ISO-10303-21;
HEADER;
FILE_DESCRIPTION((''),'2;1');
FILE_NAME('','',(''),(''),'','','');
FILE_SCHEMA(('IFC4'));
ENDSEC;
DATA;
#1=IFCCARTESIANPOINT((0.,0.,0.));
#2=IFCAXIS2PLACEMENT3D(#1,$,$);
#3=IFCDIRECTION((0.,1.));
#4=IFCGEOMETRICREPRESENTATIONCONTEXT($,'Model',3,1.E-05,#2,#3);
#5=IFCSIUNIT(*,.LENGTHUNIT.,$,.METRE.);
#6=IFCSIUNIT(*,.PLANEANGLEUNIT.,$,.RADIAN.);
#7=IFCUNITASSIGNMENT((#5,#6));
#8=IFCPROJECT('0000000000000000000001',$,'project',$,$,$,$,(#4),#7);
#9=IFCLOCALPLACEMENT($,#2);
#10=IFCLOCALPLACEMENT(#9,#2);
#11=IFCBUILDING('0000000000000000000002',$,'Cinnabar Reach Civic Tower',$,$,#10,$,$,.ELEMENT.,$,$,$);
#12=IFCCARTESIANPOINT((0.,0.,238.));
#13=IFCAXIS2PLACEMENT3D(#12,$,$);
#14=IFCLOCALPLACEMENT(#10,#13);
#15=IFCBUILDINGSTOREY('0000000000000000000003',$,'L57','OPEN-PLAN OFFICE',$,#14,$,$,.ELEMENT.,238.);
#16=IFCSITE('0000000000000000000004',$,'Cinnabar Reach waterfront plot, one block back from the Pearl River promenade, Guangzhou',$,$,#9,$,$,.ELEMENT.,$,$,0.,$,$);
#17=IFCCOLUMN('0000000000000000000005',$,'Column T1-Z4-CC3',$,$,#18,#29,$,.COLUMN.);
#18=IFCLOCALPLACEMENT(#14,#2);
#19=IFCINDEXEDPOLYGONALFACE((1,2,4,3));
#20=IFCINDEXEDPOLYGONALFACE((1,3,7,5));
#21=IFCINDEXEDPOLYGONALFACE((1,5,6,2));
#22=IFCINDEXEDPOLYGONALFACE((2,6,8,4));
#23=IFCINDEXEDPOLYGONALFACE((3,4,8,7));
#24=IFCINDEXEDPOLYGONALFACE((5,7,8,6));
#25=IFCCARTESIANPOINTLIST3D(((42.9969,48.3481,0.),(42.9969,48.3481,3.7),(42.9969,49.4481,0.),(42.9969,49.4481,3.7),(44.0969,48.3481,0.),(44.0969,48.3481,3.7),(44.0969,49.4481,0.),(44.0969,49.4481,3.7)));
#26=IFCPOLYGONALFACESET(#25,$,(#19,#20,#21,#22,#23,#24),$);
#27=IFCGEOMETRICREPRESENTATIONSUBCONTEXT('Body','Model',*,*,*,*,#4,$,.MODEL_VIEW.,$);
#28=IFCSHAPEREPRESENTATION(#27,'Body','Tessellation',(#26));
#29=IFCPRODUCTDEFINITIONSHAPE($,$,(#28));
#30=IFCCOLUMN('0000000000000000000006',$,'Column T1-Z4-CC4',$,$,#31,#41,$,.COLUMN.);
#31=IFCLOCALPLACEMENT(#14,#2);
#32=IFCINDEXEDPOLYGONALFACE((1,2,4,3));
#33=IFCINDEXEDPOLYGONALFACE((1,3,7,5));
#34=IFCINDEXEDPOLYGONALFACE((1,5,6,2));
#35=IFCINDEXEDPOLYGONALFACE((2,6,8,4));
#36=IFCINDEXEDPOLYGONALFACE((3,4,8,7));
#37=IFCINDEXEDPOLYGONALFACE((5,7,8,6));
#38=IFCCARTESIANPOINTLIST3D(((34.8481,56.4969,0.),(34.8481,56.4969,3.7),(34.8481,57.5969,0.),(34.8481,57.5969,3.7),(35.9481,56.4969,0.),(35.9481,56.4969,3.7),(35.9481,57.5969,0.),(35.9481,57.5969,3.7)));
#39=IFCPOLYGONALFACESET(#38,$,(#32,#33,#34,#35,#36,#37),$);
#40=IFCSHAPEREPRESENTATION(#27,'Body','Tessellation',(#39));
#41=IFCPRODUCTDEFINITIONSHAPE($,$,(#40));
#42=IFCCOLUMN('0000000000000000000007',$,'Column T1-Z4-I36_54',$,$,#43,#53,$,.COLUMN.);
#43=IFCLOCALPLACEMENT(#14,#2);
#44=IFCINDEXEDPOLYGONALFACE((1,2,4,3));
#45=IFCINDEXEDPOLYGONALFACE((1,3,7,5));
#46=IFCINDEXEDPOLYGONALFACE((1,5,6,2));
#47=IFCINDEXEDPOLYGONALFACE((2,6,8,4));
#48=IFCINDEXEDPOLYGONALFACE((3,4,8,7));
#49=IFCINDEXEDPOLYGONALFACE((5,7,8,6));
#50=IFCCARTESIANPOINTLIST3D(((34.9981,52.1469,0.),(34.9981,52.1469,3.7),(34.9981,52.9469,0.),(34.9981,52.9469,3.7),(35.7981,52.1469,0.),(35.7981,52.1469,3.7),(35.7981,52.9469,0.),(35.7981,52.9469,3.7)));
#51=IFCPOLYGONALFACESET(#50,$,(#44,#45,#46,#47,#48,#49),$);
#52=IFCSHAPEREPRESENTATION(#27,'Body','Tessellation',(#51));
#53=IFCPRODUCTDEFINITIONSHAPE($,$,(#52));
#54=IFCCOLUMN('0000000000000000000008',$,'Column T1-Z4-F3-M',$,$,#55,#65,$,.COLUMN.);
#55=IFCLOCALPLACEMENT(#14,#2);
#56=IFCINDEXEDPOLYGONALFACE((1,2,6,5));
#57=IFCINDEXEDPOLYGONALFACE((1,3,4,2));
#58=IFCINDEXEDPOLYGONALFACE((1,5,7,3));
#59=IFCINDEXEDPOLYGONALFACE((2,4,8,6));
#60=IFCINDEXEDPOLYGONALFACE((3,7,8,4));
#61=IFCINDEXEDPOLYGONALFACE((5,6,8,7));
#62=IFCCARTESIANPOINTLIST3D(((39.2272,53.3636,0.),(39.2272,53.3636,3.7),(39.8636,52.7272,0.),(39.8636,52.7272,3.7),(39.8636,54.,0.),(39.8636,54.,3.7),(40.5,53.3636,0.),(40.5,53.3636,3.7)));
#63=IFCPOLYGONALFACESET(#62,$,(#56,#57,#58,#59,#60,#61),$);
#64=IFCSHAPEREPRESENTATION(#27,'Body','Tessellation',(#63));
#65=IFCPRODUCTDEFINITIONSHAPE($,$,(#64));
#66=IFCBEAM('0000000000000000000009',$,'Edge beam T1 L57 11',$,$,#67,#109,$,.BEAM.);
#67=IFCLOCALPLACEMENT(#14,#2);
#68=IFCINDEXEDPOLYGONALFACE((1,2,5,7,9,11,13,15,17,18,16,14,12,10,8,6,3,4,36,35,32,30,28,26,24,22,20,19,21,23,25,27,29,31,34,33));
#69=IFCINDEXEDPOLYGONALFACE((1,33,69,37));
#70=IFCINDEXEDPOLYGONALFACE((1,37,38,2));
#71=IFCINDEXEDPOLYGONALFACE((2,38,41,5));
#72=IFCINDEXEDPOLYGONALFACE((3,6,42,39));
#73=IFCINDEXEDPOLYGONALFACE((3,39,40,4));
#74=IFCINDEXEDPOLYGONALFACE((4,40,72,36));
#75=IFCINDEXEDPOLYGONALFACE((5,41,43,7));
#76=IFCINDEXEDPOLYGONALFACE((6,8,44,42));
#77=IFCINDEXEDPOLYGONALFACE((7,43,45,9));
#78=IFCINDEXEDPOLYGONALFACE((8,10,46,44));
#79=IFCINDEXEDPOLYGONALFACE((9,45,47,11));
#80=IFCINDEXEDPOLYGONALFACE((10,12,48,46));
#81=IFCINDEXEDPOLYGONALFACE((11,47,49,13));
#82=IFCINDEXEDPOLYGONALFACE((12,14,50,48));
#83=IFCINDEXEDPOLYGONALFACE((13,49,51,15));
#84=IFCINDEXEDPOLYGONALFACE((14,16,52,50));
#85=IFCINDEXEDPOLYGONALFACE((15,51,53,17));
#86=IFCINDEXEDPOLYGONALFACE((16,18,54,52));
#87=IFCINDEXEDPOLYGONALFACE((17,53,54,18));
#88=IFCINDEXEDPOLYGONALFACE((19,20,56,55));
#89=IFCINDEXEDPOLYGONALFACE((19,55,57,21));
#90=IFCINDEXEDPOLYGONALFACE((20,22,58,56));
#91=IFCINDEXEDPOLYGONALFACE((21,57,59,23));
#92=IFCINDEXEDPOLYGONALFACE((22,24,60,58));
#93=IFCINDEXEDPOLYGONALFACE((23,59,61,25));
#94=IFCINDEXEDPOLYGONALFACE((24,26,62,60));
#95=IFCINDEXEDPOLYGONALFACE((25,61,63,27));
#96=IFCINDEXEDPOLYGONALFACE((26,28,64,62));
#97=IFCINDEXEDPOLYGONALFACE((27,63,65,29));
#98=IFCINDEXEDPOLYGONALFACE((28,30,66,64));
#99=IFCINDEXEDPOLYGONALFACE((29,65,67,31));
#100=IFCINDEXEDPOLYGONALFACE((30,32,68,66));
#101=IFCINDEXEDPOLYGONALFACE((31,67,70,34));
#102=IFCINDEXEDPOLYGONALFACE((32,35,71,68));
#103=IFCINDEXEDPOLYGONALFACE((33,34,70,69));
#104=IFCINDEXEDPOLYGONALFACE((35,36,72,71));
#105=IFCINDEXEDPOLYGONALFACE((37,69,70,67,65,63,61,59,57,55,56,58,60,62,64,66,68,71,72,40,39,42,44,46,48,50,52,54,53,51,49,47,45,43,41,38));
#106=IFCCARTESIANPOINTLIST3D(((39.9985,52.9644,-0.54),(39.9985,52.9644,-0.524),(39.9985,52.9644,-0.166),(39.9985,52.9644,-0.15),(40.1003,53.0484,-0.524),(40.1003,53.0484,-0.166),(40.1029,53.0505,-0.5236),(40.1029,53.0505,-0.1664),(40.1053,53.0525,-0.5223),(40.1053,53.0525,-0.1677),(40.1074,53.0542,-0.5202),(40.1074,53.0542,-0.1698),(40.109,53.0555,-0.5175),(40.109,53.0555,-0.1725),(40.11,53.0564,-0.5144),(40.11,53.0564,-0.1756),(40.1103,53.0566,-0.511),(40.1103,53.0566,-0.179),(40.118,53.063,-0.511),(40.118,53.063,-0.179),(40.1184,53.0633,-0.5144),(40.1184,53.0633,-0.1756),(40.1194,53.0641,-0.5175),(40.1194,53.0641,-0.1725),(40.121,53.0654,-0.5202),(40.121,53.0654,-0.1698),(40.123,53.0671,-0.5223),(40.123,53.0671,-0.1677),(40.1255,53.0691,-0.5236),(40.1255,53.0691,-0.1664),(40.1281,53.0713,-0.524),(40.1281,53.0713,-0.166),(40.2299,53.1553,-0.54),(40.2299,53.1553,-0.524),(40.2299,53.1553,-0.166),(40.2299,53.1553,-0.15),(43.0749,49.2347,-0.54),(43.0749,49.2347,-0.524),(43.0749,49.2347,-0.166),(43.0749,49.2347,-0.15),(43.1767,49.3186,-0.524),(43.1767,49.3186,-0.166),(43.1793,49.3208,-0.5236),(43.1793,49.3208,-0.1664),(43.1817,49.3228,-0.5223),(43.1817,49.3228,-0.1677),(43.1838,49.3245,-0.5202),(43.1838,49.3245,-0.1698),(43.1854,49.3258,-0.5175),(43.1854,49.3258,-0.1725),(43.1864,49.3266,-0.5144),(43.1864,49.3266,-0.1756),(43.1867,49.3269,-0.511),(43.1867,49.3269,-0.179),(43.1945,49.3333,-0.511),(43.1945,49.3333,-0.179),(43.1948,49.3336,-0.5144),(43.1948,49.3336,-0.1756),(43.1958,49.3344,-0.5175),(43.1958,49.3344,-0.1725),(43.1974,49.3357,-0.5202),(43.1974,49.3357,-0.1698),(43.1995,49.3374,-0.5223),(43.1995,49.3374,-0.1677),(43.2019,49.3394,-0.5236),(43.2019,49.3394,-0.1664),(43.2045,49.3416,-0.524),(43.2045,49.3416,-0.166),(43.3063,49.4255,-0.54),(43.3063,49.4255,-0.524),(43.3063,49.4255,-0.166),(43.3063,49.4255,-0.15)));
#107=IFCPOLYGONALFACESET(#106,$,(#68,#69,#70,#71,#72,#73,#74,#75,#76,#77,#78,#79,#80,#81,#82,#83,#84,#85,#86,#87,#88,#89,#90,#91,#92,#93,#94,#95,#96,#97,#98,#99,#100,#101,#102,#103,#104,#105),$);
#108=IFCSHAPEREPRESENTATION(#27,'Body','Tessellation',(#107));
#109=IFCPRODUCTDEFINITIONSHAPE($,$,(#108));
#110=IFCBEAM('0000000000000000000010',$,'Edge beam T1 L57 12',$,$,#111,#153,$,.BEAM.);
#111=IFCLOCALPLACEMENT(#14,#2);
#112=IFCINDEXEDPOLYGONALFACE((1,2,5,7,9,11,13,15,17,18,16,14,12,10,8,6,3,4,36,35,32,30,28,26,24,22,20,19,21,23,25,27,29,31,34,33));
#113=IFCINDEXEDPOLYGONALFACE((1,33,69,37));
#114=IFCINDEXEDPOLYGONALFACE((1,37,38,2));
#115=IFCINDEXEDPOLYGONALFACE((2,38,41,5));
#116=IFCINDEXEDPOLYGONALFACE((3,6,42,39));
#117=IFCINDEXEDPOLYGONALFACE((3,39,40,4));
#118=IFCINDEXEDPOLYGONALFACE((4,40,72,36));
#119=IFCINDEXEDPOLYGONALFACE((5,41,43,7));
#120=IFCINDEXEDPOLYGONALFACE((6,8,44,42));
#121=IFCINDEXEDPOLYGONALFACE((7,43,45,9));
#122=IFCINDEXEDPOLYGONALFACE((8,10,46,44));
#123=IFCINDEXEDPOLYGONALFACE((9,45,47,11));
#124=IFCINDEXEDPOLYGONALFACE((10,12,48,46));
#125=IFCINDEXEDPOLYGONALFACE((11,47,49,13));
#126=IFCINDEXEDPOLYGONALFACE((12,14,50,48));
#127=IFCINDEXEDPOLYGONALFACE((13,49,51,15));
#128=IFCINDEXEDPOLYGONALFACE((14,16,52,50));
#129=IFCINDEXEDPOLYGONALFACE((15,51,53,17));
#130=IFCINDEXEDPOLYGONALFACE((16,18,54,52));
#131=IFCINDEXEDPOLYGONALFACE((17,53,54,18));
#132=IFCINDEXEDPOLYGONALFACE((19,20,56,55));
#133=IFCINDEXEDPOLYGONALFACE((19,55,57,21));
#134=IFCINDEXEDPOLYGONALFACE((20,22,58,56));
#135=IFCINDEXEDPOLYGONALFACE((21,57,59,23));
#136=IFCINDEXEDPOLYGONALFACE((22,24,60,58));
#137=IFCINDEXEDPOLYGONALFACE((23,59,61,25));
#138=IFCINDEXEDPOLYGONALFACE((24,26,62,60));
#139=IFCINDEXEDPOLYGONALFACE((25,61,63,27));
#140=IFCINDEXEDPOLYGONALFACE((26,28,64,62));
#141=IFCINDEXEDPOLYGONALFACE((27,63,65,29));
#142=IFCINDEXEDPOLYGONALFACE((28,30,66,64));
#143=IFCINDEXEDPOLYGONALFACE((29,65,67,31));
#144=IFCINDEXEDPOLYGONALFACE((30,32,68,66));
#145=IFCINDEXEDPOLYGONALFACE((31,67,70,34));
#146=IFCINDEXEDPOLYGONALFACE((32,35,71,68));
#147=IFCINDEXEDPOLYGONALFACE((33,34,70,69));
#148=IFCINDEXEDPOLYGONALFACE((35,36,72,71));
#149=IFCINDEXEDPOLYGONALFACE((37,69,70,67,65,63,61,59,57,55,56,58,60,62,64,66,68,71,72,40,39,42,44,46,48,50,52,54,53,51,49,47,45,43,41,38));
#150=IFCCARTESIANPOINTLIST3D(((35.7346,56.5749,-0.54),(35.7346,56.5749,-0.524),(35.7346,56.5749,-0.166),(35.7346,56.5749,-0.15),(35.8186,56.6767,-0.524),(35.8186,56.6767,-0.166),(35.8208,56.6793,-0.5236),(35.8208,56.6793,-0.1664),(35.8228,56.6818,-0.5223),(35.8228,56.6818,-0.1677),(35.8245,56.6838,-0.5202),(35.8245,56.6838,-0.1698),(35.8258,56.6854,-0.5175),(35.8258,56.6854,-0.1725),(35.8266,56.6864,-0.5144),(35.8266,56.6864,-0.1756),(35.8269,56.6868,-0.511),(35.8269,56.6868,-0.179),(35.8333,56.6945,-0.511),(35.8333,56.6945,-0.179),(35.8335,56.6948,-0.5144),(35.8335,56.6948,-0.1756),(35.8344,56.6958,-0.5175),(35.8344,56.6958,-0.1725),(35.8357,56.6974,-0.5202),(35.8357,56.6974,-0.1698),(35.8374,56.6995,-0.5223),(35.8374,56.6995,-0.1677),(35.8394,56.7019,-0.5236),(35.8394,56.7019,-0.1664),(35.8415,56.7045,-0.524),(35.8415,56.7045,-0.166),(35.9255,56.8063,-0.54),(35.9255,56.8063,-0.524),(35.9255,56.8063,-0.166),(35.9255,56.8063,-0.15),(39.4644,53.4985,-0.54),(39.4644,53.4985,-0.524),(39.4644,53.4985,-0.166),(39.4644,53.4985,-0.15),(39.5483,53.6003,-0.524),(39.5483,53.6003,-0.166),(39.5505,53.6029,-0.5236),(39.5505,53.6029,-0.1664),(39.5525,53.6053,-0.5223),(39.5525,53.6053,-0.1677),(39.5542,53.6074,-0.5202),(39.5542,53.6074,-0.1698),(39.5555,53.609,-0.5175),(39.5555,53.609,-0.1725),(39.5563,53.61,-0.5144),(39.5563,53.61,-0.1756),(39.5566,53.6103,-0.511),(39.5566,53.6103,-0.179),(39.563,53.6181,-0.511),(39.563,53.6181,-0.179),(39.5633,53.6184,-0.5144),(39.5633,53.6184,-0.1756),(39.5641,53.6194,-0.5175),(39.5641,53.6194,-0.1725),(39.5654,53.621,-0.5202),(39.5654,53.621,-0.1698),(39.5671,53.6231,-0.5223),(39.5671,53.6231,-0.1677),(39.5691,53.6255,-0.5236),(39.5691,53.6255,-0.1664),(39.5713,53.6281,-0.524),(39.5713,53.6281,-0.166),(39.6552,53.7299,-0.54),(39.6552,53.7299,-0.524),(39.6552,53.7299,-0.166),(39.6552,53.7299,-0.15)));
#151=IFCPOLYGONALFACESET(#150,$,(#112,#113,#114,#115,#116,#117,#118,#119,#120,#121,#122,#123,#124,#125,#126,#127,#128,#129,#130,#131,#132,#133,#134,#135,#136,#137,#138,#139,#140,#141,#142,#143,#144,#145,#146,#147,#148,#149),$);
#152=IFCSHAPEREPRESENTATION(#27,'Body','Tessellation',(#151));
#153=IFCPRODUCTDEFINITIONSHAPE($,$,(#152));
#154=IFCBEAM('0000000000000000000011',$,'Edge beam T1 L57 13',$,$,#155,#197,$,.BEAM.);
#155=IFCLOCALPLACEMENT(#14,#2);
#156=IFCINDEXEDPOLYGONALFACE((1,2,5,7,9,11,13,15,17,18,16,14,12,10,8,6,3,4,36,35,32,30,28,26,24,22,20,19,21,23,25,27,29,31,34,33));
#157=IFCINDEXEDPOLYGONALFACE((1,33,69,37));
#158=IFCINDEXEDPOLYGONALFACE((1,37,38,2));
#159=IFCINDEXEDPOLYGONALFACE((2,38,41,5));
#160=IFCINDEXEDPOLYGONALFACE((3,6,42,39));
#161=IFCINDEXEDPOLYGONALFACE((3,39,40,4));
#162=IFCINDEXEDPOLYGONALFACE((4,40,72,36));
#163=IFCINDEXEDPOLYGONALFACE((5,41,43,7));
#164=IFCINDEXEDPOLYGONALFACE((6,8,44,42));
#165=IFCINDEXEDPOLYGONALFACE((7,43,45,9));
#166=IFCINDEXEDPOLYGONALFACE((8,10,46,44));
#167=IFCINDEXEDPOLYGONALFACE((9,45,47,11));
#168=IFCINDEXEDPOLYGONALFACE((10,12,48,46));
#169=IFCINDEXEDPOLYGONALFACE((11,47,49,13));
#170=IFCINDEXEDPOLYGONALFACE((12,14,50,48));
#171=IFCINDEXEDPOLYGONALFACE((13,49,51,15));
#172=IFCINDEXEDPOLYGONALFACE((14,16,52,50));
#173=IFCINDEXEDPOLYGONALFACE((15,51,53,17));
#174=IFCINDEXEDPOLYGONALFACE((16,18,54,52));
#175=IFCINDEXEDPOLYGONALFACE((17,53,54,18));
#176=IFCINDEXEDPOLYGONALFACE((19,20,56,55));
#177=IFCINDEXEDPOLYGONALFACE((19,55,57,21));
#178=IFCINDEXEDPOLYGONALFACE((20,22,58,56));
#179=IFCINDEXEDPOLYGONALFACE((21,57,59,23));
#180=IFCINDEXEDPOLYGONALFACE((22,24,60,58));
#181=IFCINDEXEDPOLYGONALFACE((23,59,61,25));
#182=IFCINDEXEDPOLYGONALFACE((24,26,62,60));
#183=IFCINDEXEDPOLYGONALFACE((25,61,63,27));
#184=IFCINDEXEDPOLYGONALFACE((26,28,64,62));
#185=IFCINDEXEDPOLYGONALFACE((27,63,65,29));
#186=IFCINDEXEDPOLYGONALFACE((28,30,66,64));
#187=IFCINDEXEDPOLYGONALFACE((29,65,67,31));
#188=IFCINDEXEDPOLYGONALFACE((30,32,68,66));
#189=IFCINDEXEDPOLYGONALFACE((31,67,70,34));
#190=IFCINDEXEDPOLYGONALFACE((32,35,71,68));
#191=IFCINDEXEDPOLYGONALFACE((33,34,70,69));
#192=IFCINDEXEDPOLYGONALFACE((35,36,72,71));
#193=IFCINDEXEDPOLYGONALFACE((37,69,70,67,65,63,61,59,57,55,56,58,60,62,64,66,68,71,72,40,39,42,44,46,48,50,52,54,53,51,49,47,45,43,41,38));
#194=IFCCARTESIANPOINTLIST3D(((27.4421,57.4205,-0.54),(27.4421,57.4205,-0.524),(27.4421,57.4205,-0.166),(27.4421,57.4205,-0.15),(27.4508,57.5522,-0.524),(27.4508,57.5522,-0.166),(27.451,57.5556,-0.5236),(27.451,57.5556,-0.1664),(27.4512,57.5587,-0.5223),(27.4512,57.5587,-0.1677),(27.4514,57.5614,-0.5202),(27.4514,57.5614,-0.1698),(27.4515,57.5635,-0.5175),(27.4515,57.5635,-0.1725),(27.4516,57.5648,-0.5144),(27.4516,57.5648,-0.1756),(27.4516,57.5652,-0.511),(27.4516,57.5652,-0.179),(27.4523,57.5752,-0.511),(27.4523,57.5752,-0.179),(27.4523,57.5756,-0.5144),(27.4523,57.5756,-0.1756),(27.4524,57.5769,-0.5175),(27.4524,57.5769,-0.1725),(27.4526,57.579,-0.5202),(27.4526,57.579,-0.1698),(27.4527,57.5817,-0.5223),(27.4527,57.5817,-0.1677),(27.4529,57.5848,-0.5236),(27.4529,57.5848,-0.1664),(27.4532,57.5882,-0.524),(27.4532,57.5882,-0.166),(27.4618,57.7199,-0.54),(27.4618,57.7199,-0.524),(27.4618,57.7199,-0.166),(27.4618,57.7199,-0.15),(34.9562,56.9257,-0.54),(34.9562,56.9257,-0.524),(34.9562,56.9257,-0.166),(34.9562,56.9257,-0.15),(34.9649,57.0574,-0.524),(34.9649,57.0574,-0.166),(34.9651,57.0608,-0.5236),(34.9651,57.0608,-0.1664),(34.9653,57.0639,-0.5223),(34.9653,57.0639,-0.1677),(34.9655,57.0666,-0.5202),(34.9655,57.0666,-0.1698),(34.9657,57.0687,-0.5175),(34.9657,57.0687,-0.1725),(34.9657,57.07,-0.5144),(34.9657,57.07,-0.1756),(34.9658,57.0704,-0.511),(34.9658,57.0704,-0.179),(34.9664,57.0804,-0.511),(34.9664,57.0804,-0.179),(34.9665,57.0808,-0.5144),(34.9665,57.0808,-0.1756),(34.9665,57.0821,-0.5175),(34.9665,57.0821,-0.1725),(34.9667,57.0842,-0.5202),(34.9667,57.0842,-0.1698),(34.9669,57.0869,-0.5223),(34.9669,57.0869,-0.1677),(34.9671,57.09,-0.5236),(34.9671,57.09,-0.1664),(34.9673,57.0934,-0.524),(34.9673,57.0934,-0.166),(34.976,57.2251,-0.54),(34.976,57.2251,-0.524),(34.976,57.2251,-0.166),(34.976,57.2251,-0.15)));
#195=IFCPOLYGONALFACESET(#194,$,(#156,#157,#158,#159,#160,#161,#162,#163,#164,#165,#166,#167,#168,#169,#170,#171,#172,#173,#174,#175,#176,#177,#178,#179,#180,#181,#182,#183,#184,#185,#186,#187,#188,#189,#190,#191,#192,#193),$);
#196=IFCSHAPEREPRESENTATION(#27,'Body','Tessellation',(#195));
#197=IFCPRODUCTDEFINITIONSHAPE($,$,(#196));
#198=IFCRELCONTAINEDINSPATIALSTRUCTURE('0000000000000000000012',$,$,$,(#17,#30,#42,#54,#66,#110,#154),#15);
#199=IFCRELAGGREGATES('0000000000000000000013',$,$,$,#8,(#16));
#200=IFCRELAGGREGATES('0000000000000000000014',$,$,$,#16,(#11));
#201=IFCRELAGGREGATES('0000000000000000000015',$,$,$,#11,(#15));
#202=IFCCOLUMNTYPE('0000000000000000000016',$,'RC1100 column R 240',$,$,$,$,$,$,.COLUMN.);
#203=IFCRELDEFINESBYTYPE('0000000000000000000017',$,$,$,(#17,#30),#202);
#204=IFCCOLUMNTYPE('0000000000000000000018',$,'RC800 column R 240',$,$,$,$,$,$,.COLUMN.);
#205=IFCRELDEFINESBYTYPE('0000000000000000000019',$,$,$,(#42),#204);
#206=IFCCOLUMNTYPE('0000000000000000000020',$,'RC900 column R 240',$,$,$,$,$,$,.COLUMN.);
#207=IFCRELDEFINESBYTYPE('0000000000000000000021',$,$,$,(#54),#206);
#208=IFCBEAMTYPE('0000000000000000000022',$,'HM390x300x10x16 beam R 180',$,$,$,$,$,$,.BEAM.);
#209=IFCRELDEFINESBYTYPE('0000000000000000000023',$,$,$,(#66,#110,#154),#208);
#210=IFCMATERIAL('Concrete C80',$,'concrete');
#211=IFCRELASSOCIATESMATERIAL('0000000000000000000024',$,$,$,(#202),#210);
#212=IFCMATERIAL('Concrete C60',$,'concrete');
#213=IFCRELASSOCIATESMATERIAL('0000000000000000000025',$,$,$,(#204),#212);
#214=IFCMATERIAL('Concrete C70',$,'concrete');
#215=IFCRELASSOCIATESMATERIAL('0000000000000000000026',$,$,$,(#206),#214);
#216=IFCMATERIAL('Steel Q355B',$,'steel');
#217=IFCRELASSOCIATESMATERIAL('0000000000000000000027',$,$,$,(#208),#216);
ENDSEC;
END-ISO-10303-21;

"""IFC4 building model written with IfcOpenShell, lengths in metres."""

from ifc_helpers import new_model, si_unit, direction, frame, origin, origin_2d, place, context, subcontext, project, spatial, rectangle, i_section, extrude, material, material_profile, profile_set, type_object, element, save


model = new_model("IFC4")

# Units and contexts
model_context = context("Model", 3, precision=1e-05, world=origin(), true_north=direction((0.0, 1.0)))
body_context = subcontext(model_context, "Body", "Model", "MODEL_VIEW")
ifc_project = project(units=[si_unit("LENGTHUNIT", "METRE"), si_unit("PLANEANGLEUNIT", "RADIAN")], contexts=[model_context])

# Site, building, storey
site_placement = place(None, origin())
site = spatial("IfcSite", under=ifc_project, at=site_placement, Name="Cinnabar Reach waterfront plot, one block back from the Pearl River promenade, Guangzhou", CompositionType="ELEMENT", RefElevation=0.0)
building_placement = place(site_placement, origin())
building = spatial("IfcBuilding", under=site, at=building_placement, Name="Cinnabar Reach Civic Tower", CompositionType="ELEMENT")
storey_placement = place(building_placement, frame((0.0, 0.0, 238.0)))
storey = spatial("IfcBuildingStorey", under=building, at=storey_placement, Name="L57", Description="OPEN-PLAN OFFICE", CompositionType="ELEMENT", Elevation=238.0)

# Columns
ifc_material_1 = material(Name="Concrete C80", Category="concrete")
ifc_material_profile_1 = material_profile(ifc_material_1, rectangle(XDim=1.1, YDim=1.1, at=origin_2d()), Name="RC1100")
ifc_profile_set_1 = profile_set([ifc_material_profile_1], Name="Concrete C80")
column_type_1 = type_object("IfcColumnType", Name="RC1100 column R 240", PredefinedType="COLUMN", material=ifc_profile_set_1)
for number, where, z_axis, x_axis, name in (
    (1, (43.5469, 48.8981, 0.0), (0.0, 0.0, 1.0), (1.0, 0.0, 0.0), "Column T1-Z4-CC3"),
    (2, (35.3981, 57.0469, 0.0), (0.0, 0.0, 1.0), (1.0, 0.0, 0.0), "Column T1-Z4-CC4"),
):
    element("IfcColumn", number, at=place(storey_placement, frame(where, z_axis=z_axis, x_axis=x_axis)), inside=storey, type_object=column_type_1, Name=name, PredefinedType="COLUMN", context=body_context, shape_type="SweptSolid", body=[
        extrude(rectangle(XDim=1.1, YDim=1.1, at=origin_2d()), origin(), (0.0, 0.0, 1.0), 3.7),
    ])
ifc_material_2 = material(Name="Concrete C60", Category="concrete")
ifc_material_profile_2 = material_profile(ifc_material_2, rectangle(XDim=0.8, YDim=0.8, at=origin_2d()), Name="RC800")
ifc_profile_set_2 = profile_set([ifc_material_profile_2], Name="Concrete C60")
column_type_2 = type_object("IfcColumnType", Name="RC800 column R 240", PredefinedType="COLUMN", material=ifc_profile_set_2)
column_1_placement = place(storey_placement, frame((35.3981, 52.5469, 0.0), z_axis=(0.0, 0.0, 1.0), x_axis=(1.0, 0.0, 0.0)))
element("IfcColumn", 3, at=column_1_placement, inside=storey, type_object=column_type_2, Name="Column T1-Z4-I36_54", PredefinedType="COLUMN", context=body_context, shape_type="SweptSolid", body=[
    extrude(rectangle(XDim=0.8, YDim=0.8, at=origin_2d()), origin(), (0.0, 0.0, 1.0), 3.7),
])
ifc_material_3 = material(Name="Concrete C70", Category="concrete")
ifc_material_profile_3 = material_profile(ifc_material_3, rectangle(XDim=0.9, YDim=0.9, at=origin_2d()), Name="RC900")
ifc_profile_set_3 = profile_set([ifc_material_profile_3], Name="Concrete C70")
column_type_3 = type_object("IfcColumnType", Name="RC900 column R 240", PredefinedType="COLUMN", material=ifc_profile_set_3)
column_2_placement = place(storey_placement, frame((39.8636, 53.3636, 0.0), z_axis=(0.0, 0.0, 1.0), x_axis=(0.707107, 0.707107, 0.0)))
element("IfcColumn", 4, at=column_2_placement, inside=storey, type_object=column_type_3, Name="Column T1-Z4-F3-M", PredefinedType="COLUMN", context=body_context, shape_type="SweptSolid", body=[
    extrude(rectangle(XDim=0.9, YDim=0.9, at=origin_2d()), origin(), (0.0, 0.0, 1.0), 3.7),
])

# Beams
ifc_material_4 = material(Name="Steel Q355B", Category="steel")
ifc_material_profile_4 = material_profile(ifc_material_4, i_section(OverallWidth=0.3, OverallDepth=0.39, WebThickness=0.01, FlangeThickness=0.016, FilletRadius=0.013, at=origin_2d()), Name="HM390x300x10x16")
ifc_profile_set_4 = profile_set([ifc_material_profile_4], Name="Steel Q355B")
beam_type_1 = type_object("IfcBeamType", Name="HM390x300x10x16 beam R 180", PredefinedType="BEAM", material=ifc_profile_set_4)
for number, where, z_axis, x_axis, name in (
    (5, (43.1906, 49.3301, -0.345), (-0.636309, 0.771434, 0.0), (-0.771434, -0.636309, 0.0), "Edge beam T1 L57 11"),
    (6, (39.5598, 53.6142, -0.345), (-0.771434, 0.636309, 0.0), (-0.636309, -0.771434, 0.0), "Edge beam T1 L57 12"),
):
    element("IfcBeam", number, at=place(storey_placement, frame(where, z_axis=z_axis, x_axis=x_axis)), inside=storey, type_object=beam_type_1, Name=name, PredefinedType="BEAM", context=body_context, shape_type="SweptSolid", body=[
        extrude(i_section(OverallWidth=0.3, OverallDepth=0.39, WebThickness=0.01, FlangeThickness=0.016, FilletRadius=0.013, at=origin_2d()), origin(), (0.0, 0.0, 1.0), 4.8348),
    ])
beam_1_placement = place(storey_placement, frame((34.9661, 57.0754, -0.345), z_axis=(-0.997839, 0.065707, 0.0), x_axis=(-0.065707, -0.997839, 0.0)))
element("IfcBeam", 7, at=beam_1_placement, inside=storey, type_object=beam_type_1, Name="Edge beam T1 L57 13", PredefinedType="BEAM", context=body_context, shape_type="SweptSolid", body=[
    extrude(i_section(OverallWidth=0.3, OverallDepth=0.39, WebThickness=0.01, FlangeThickness=0.016, FilletRadius=0.013, at=origin_2d()), origin(), (0.0, 0.0, 1.0), 7.5304),
])

save(model, "model.ifc")
